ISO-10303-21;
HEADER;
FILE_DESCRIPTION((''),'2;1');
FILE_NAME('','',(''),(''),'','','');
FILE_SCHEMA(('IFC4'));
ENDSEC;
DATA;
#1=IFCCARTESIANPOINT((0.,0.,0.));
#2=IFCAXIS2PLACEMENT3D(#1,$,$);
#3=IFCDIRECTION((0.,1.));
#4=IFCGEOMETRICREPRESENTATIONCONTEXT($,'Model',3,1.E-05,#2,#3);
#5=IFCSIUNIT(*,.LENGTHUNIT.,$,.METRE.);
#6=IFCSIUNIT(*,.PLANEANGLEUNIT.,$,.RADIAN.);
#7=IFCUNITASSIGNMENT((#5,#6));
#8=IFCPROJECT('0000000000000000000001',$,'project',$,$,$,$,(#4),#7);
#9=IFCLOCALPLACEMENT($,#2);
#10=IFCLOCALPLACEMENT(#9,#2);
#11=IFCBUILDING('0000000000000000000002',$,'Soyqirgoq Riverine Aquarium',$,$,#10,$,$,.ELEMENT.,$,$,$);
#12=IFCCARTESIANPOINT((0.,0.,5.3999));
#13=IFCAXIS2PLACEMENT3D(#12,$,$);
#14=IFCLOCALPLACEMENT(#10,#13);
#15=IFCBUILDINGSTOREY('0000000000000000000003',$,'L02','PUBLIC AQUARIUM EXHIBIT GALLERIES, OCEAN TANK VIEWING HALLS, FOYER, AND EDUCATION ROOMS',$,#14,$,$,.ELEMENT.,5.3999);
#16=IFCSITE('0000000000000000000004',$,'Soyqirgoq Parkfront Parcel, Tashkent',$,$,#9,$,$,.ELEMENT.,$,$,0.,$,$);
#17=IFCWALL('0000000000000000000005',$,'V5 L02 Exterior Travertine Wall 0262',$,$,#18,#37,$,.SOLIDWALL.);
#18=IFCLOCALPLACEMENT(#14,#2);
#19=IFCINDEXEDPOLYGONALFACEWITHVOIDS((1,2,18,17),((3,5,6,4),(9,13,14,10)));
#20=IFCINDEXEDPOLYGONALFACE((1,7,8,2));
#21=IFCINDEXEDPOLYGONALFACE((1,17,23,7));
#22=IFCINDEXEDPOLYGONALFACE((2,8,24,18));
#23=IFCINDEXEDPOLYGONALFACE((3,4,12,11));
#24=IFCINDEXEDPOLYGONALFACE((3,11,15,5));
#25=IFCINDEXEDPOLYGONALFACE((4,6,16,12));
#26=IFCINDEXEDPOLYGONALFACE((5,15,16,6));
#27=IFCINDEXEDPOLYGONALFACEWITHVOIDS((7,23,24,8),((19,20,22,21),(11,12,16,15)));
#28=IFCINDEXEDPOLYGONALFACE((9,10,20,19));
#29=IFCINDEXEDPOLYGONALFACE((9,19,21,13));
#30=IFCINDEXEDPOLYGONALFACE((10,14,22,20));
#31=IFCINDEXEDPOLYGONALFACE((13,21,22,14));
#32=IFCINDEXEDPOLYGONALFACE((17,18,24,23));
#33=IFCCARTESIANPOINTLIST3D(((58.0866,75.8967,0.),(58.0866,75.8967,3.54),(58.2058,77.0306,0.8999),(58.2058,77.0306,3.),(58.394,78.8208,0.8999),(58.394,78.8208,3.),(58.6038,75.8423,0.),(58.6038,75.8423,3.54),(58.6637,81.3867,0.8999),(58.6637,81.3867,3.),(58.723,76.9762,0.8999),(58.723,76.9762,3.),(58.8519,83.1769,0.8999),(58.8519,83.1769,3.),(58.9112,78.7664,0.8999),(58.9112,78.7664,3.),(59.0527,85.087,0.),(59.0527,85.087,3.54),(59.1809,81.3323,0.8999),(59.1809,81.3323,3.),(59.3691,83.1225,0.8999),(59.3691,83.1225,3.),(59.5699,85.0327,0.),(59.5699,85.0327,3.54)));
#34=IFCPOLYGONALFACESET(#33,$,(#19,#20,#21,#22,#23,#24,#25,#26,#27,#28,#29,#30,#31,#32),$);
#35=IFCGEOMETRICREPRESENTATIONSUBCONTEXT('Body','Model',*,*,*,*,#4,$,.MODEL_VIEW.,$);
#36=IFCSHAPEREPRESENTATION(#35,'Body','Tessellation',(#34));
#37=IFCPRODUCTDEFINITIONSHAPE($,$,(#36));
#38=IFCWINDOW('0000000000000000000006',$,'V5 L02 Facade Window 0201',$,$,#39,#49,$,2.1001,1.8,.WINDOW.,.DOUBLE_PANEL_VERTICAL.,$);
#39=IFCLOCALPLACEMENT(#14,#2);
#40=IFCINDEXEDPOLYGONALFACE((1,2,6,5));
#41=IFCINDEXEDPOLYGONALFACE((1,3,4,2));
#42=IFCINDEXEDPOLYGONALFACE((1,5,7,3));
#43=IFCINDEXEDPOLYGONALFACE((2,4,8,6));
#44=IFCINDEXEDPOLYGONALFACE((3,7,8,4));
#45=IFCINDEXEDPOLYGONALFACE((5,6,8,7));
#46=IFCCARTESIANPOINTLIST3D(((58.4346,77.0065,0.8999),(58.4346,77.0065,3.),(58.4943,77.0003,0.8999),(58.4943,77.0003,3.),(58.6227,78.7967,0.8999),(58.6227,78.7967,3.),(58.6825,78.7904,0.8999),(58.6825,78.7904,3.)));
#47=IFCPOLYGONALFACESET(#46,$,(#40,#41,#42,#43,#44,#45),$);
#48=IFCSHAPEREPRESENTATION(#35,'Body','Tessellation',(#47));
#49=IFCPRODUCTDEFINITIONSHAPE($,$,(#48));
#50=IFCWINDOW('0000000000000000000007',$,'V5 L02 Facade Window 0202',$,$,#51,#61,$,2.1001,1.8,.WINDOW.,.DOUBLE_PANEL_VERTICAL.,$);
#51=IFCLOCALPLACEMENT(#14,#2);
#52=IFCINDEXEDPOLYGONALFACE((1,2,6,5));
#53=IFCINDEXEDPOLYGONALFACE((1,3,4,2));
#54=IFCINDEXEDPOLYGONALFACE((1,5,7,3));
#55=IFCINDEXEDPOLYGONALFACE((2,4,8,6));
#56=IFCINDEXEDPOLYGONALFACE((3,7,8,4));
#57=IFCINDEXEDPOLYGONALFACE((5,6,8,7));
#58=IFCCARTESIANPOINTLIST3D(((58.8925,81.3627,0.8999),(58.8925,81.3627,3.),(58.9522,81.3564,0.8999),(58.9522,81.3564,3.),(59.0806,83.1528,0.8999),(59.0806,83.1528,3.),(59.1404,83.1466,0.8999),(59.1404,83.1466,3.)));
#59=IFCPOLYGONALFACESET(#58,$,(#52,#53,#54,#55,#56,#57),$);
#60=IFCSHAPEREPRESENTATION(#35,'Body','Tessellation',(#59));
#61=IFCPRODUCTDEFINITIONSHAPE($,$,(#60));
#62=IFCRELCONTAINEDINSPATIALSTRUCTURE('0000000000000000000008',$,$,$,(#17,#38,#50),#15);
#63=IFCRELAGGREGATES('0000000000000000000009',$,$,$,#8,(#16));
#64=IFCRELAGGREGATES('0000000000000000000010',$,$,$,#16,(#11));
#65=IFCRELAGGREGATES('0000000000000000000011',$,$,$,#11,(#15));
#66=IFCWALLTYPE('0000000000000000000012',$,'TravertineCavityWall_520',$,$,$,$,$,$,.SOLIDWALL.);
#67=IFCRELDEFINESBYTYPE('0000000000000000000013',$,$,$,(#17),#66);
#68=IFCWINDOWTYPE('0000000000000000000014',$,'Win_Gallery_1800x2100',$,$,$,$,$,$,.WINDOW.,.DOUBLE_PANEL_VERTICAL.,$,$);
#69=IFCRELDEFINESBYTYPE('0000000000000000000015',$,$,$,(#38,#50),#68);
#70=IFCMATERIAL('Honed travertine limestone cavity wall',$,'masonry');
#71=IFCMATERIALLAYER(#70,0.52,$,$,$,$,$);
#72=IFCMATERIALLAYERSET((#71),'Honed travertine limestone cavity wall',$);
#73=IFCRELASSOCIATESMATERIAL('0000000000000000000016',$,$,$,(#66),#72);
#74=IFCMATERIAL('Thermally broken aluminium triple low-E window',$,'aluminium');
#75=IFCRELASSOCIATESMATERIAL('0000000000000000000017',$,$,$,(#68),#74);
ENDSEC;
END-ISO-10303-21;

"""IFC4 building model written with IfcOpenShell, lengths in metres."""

from ifc_helpers import new_model, si_unit, direction, frame, frame_2d, origin, place, context, subcontext, project, spatial, rectangle, extrude, material, layer, layer_set, type_object, element, fill, save


model = new_model("IFC4")

# Units and contexts
model_context = context("Model", 3, precision=1e-05, world=origin(), true_north=direction((0.0, 1.0)))
body_context = subcontext(model_context, "Body", "Model", "MODEL_VIEW")
ifc_project = project(units=[si_unit("LENGTHUNIT", "METRE"), si_unit("PLANEANGLEUNIT", "RADIAN")], contexts=[model_context])

# Site, building, storey
site_placement = place(None, origin())
site = spatial("IfcSite", under=ifc_project, at=site_placement, Name="Soyqirgoq Parkfront Parcel, Tashkent", CompositionType="ELEMENT", RefElevation=0.0)
building_placement = place(site_placement, origin())
building = spatial("IfcBuilding", under=site, at=building_placement, Name="Soyqirgoq Riverine Aquarium", CompositionType="ELEMENT")
storey_placement = place(building_placement, frame((0.0, 0.0, 5.3999)))
storey = spatial("IfcBuildingStorey", under=building, at=storey_placement, Name="L02", Description="PUBLIC AQUARIUM EXHIBIT GALLERIES, OCEAN TANK VIEWING HALLS, FOYER, AND EDUCATION ROOMS", CompositionType="ELEMENT", Elevation=5.3999)

# Wall, openings, windows
ifc_material_1 = material(Name="Honed travertine limestone cavity wall", Category="masonry")
ifc_layer_1 = layer(ifc_material_1, 0.52)
ifc_layer_set_1 = layer_set([ifc_layer_1], Name="Honed travertine limestone cavity wall")
wall_type_1 = type_object("IfcWallType", Name="TravertineCavityWall_520", PredefinedType="SOLIDWALL", material=ifc_layer_set_1)
wall_1_placement = place(storey_placement, frame((58.3452, 75.8694, 0.0), z_axis=(0.0, 0.0, 1.0), x_axis=(0.10454, 0.994521, 0.0)))
wall_1 = element("IfcWall", 1, at=wall_1_placement, inside=storey, type_object=wall_type_1, Name="V5 L02 Exterior Travertine Wall 0262", PredefinedType="SOLIDWALL", context=body_context, shape_type="SweptSolid", body=[
    extrude(rectangle(XDim=9.241, YDim=0.52, at=frame_2d((4.6206, 0.0))), origin(), (0.0, 0.0, 1.0), 3.54),
])
opening_1_placement = place(wall_1_placement, frame((1.1404, 0.0, 0.8999)))
opening_1 = element("IfcOpeningElement", 2, at=opening_1_placement, cuts=wall_1, PredefinedType="OPENING", context=body_context, shape_type="SweptSolid", body=[
    extrude(rectangle(XDim=1.8, YDim=2.1001, at=frame_2d((0.8999, 1.05))), frame((0.0, 0.27, 0.0), z_axis=(0.0, -1.0, 0.0), x_axis=(1.0, 0.0, 0.0)), (0.0, 0.0, 1.0), 0.54),
])
opening_2_placement = place(wall_1_placement, frame((5.5205, 0.0, 0.8999)))
opening_2 = element("IfcOpeningElement", 3, at=opening_2_placement, cuts=wall_1, PredefinedType="OPENING", context=body_context, shape_type="SweptSolid", body=[
    extrude(rectangle(XDim=1.8, YDim=2.1001, at=frame_2d((0.8999, 1.05))), frame((0.0, 0.27, 0.0), z_axis=(0.0, -1.0, 0.0), x_axis=(1.0, 0.0, 0.0)), (0.0, 0.0, 1.0), 0.54),
])
ifc_material_2 = material(Name="Thermally broken aluminium triple low-E window", Category="aluminium")
window_type = type_object("IfcWindowType", Name="Win_Gallery_1800x2100", PartitioningType="DOUBLE_PANEL_VERTICAL", PredefinedType="WINDOW", material=ifc_material_2)
window_1_placement = place(opening_1_placement, origin())
window_1 = element("IfcWindow", 4, at=window_1_placement, inside=storey, type_object=window_type, Name="V5 L02 Facade Window 0201", OverallHeight=2.1001, OverallWidth=1.8, PartitioningType="DOUBLE_PANEL_VERTICAL", PredefinedType="WINDOW", context=body_context, shape_type="SweptSolid", body=[
    extrude(rectangle(XDim=1.8, YDim=2.1001, at=frame_2d((0.8999, 1.05))), frame((0.0, 0.03, 0.0), z_axis=(0.0, -1.0, 0.0), x_axis=(1.0, 0.0, 0.0)), (0.0, 0.0, 1.0), 0.0601),
])
fill(opening_1, window_1)
window_2_placement = place(opening_2_placement, origin())
window_2 = element("IfcWindow", 5, at=window_2_placement, inside=storey, type_object=window_type, Name="V5 L02 Facade Window 0202", OverallHeight=2.1001, OverallWidth=1.8, PartitioningType="DOUBLE_PANEL_VERTICAL", PredefinedType="WINDOW", context=body_context, shape_type="SweptSolid", body=[
    extrude(rectangle(XDim=1.8, YDim=2.1001, at=frame_2d((0.8999, 1.05))), frame((0.0, 0.03, 0.0), z_axis=(0.0, -1.0, 0.0), x_axis=(1.0, 0.0, 0.0)), (0.0, 0.0, 1.0), 0.0601),
])
fill(opening_2, window_2)

save(model, "model.ifc")
